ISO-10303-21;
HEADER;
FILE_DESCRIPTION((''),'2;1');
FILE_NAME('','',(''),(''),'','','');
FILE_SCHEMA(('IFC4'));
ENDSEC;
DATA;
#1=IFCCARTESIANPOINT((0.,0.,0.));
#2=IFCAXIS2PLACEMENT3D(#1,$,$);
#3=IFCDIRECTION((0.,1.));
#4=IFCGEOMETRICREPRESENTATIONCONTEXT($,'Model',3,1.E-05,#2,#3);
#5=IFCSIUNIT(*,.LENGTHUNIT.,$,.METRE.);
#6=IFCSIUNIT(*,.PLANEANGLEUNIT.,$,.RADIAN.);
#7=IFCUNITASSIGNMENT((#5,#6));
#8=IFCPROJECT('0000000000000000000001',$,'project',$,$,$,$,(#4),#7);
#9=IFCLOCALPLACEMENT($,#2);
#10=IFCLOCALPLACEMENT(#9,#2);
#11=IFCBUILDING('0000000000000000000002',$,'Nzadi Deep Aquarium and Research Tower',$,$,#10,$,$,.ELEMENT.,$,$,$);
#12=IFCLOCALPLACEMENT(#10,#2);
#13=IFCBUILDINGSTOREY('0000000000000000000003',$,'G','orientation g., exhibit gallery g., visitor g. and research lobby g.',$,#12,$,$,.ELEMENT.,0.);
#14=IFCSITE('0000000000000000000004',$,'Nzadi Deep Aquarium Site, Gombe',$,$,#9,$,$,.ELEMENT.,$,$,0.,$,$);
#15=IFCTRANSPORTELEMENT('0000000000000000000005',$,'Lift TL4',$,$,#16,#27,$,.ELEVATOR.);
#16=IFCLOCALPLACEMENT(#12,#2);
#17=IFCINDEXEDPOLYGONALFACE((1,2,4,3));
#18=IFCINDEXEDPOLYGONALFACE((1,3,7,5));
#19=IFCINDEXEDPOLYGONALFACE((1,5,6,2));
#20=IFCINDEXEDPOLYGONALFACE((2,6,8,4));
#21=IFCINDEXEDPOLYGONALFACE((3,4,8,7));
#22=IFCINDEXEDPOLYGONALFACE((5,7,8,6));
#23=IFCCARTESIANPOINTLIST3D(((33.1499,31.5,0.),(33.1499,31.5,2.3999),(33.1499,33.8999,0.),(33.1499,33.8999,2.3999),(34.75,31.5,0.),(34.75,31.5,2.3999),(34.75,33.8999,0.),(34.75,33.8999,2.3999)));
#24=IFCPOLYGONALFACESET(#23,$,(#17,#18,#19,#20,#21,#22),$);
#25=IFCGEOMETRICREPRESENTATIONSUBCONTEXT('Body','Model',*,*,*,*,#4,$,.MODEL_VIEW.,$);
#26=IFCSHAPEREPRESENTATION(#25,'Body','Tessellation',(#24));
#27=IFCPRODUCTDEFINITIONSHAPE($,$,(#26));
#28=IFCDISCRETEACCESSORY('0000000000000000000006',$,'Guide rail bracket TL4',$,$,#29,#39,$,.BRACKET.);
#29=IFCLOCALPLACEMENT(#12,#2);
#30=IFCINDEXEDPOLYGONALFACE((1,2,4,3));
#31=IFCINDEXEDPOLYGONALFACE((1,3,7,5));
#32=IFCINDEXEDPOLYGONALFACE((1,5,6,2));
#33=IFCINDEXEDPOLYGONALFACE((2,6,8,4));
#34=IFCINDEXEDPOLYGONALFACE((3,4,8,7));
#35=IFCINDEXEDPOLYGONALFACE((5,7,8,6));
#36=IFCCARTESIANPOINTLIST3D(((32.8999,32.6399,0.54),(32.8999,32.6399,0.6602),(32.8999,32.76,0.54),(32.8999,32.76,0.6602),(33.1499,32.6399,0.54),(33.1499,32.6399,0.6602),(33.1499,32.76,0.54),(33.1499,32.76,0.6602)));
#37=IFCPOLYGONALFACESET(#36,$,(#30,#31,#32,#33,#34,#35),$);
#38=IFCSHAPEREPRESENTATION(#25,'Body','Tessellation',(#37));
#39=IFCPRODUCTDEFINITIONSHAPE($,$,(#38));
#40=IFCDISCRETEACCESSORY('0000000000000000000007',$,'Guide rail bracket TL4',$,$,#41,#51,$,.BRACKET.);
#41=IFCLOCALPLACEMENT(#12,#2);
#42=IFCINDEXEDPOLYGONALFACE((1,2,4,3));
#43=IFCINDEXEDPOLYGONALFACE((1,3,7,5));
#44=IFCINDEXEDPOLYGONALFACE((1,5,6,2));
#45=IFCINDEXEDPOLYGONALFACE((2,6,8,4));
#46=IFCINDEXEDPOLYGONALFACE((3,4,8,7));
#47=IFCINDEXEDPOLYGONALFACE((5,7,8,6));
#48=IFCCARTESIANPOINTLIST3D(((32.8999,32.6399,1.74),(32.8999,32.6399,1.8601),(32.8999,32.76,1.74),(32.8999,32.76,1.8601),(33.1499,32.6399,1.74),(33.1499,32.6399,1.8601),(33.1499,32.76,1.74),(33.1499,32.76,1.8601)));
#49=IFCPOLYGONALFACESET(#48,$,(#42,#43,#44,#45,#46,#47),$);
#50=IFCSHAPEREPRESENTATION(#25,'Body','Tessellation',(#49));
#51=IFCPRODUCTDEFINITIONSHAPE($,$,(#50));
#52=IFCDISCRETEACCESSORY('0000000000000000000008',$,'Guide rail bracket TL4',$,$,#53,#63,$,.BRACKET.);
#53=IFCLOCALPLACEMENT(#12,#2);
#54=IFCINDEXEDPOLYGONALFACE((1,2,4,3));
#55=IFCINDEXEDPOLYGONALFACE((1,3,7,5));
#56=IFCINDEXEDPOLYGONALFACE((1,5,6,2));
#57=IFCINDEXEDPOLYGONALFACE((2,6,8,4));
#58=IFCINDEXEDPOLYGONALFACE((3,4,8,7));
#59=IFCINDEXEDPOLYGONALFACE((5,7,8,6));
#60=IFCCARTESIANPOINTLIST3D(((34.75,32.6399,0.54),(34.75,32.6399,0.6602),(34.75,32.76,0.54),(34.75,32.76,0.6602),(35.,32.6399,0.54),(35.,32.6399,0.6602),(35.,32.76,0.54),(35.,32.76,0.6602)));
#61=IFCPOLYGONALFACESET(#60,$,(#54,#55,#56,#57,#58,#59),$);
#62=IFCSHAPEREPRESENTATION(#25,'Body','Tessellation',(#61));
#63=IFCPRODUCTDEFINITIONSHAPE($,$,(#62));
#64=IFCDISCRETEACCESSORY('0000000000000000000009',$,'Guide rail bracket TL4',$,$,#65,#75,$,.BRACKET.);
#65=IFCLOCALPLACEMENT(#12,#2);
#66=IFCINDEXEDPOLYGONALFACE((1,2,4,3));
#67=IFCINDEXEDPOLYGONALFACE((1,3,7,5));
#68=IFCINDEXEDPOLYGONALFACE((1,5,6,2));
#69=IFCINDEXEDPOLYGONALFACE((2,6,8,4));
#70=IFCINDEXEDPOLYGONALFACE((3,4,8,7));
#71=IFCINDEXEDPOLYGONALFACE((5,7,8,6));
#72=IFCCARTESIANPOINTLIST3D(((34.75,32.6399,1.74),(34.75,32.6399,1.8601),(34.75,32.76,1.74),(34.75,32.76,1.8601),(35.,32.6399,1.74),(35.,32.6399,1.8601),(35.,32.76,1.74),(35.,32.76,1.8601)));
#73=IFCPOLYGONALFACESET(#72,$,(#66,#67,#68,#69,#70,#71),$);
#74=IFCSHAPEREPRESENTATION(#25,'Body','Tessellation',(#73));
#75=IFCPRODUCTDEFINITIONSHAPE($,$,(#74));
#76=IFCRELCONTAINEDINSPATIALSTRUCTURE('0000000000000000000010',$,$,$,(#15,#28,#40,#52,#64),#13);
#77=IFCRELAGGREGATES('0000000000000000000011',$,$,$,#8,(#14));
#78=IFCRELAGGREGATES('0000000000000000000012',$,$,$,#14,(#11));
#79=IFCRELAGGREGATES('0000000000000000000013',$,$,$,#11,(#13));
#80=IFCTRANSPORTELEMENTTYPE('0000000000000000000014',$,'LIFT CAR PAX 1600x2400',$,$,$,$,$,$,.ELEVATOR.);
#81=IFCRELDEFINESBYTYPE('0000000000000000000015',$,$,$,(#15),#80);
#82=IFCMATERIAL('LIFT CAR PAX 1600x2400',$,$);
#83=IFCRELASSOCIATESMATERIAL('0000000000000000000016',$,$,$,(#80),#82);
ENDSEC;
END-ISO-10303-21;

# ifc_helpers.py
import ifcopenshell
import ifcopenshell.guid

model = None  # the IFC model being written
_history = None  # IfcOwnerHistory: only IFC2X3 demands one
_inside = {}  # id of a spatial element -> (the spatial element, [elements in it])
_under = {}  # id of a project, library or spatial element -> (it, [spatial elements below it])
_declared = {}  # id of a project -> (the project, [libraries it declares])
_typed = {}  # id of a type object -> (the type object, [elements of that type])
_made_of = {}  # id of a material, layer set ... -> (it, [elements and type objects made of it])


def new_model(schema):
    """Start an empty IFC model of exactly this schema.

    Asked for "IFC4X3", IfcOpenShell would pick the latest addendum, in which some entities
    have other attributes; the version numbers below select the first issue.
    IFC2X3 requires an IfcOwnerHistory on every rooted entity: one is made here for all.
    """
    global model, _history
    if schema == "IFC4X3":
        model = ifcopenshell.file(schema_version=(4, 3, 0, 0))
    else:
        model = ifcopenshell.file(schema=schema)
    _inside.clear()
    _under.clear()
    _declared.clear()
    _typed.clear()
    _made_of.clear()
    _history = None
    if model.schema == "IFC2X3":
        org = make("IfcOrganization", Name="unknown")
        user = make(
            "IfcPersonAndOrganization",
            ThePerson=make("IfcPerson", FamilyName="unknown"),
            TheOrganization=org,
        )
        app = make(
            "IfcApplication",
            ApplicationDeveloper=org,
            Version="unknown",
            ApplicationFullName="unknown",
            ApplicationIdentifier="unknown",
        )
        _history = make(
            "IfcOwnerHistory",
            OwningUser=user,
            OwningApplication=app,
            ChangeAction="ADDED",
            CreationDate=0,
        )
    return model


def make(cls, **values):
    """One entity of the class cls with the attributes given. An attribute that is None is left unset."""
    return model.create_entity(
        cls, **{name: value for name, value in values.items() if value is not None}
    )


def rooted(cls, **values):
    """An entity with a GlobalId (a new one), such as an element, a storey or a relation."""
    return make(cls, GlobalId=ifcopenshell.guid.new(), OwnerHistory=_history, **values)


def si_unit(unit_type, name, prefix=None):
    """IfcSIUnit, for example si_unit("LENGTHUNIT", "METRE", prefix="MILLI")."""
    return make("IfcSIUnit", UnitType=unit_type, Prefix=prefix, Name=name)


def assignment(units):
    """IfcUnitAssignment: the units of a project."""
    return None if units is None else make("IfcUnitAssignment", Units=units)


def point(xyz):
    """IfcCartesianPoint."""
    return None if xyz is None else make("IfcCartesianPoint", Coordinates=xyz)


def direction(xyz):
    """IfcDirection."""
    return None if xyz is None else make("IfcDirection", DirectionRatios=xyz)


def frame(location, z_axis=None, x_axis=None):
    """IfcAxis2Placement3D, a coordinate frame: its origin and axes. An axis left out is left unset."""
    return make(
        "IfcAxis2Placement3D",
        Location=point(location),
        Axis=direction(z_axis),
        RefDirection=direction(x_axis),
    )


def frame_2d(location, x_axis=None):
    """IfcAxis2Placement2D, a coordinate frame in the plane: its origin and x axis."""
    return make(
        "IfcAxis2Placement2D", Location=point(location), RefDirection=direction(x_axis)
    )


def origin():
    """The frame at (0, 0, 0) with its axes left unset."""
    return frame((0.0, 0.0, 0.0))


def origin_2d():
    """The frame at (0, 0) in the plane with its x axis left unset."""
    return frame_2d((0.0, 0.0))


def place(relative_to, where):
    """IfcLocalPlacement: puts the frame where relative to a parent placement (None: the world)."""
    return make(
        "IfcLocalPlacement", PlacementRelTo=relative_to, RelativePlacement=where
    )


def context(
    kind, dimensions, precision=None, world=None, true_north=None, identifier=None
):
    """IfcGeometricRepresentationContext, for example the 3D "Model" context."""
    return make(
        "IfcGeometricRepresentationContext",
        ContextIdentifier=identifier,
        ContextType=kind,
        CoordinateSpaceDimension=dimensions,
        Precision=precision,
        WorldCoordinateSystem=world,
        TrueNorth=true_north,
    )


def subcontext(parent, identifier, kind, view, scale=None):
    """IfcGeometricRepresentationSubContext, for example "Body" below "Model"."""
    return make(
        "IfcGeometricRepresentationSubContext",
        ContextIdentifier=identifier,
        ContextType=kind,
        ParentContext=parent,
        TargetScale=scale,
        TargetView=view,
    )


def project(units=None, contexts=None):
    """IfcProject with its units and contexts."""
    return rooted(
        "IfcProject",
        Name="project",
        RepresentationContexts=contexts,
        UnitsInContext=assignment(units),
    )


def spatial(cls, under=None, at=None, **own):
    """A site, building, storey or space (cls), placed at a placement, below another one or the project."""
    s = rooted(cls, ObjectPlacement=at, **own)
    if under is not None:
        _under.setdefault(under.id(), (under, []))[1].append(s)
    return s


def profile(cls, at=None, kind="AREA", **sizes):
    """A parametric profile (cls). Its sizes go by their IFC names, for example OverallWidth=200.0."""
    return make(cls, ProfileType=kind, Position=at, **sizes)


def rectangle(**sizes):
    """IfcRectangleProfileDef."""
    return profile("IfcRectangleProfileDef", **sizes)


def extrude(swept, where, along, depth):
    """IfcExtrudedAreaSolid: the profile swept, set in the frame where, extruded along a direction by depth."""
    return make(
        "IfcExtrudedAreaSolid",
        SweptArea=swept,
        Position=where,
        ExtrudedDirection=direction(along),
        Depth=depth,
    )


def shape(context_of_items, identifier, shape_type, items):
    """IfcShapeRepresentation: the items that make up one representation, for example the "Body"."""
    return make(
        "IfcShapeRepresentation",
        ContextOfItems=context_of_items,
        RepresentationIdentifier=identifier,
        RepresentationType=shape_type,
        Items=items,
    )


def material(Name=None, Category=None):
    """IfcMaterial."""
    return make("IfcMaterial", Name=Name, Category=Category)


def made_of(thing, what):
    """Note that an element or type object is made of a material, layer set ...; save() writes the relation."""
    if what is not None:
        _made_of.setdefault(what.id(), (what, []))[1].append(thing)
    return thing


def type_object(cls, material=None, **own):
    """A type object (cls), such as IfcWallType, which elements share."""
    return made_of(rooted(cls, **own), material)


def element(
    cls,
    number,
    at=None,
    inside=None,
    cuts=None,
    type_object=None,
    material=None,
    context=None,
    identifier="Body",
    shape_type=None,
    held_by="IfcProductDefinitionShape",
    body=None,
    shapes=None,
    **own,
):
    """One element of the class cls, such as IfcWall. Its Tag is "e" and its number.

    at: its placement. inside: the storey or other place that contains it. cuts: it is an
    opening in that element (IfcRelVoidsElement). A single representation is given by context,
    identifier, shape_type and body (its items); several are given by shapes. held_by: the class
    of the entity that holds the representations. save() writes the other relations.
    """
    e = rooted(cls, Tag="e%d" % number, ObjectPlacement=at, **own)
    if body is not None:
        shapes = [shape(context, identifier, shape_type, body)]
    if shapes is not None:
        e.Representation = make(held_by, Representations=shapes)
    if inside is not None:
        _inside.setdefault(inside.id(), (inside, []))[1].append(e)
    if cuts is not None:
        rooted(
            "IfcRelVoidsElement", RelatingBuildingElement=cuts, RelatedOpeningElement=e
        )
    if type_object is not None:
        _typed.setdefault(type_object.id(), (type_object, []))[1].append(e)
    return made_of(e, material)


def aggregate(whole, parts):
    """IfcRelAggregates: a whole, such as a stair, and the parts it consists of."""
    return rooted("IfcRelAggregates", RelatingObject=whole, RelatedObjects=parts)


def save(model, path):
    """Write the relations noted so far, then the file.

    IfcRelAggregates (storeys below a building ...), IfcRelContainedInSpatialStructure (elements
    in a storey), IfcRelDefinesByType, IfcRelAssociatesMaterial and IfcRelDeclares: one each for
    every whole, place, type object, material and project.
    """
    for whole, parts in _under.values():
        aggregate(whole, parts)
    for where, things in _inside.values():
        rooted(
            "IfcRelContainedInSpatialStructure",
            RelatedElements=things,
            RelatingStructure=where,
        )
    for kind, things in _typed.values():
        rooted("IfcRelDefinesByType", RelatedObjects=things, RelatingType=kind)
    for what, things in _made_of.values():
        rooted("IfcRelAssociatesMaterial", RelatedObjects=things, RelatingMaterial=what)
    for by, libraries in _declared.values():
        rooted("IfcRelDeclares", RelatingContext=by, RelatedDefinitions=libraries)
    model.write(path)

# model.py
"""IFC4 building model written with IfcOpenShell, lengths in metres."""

from ifc_helpers import new_model, si_unit, direction, frame, origin, origin_2d, place, context, subcontext, project, spatial, rectangle, extrude, material, type_object, element, save


model = new_model("IFC4")

# Units and contexts
model_context = context("Model", 3, precision=1e-05, world=origin(), true_north=direction((0.0, 1.0)))
body_context = subcontext(model_context, "Body", "Model", "MODEL_VIEW")
ifc_project = project(units=[si_unit("LENGTHUNIT", "METRE"), si_unit("PLANEANGLEUNIT", "RADIAN")], contexts=[model_context])

# Site, building, storey
site_placement = place(None, origin())
site = spatial("IfcSite", under=ifc_project, at=site_placement, Name="Nzadi Deep Aquarium Site, Gombe", CompositionType="ELEMENT", RefElevation=0.0)
building_placement = place(site_placement, origin())
building = spatial("IfcBuilding", under=site, at=building_placement, Name="Nzadi Deep Aquarium and Research Tower", CompositionType="ELEMENT")
storey_placement = place(building_placement, origin())
storey = spatial("IfcBuildingStorey", under=building, at=storey_placement, Name="G", Description="orientation g., exhibit gallery g., visitor g. and research lobby g.", CompositionType="ELEMENT", Elevation=0.0)

# Transport element
ifc_material_1 = material(Name="LIFT CAR PAX 1600x2400")
transport_element_type = type_object("IfcTransportElementType", Name="LIFT CAR PAX 1600x2400", PredefinedType="ELEVATOR", material=ifc_material_1)
transport_element_placement = place(storey_placement, frame((33.95, 32.7, 0.0), z_axis=(0.0, 0.0, 1.0), x_axis=(1.0, 0.0, 0.0)))
element("IfcTransportElement", 1, at=transport_element_placement, inside=storey, type_object=transport_element_type, Name="Lift TL4", PredefinedType="ELEVATOR", context=body_context, shape_type="SweptSolid", body=[
    extrude(rectangle(XDim=1.6001, YDim=2.3999, at=origin_2d()), origin(), (0.0, 0.0, 1.0), 2.3999),
])

# Discrete accessories
for number, where, z_axis, x_axis, name in (
    (2, (33.0249, 32.7, 0.54), (0.0, 0.0, 1.0), (1.0, 0.0, 0.0), "Guide rail bracket TL4"),
    (3, (33.0249, 32.7, 1.74), (0.0, 0.0, 1.0), (1.0, 0.0, 0.0), "Guide rail bracket TL4"),
    (4, (34.875, 32.7, 0.54), (0.0, 0.0, 1.0), (1.0, 0.0, 0.0), "Guide rail bracket TL4"),
    (5, (34.875, 32.7, 1.74), (0.0, 0.0, 1.0), (1.0, 0.0, 0.0), "Guide rail bracket TL4"),
):
    element("IfcDiscreteAccessory", number, at=place(storey_placement, frame(where, z_axis=z_axis, x_axis=x_axis)), inside=storey, Name=name, PredefinedType="BRACKET", context=body_context, shape_type="SweptSolid", body=[
        extrude(rectangle(XDim=0.25, YDim=0.1201, at=origin_2d()), origin(), (0.0, 0.0, 1.0), 0.1201),
    ])

save(model, "model.ifc")
